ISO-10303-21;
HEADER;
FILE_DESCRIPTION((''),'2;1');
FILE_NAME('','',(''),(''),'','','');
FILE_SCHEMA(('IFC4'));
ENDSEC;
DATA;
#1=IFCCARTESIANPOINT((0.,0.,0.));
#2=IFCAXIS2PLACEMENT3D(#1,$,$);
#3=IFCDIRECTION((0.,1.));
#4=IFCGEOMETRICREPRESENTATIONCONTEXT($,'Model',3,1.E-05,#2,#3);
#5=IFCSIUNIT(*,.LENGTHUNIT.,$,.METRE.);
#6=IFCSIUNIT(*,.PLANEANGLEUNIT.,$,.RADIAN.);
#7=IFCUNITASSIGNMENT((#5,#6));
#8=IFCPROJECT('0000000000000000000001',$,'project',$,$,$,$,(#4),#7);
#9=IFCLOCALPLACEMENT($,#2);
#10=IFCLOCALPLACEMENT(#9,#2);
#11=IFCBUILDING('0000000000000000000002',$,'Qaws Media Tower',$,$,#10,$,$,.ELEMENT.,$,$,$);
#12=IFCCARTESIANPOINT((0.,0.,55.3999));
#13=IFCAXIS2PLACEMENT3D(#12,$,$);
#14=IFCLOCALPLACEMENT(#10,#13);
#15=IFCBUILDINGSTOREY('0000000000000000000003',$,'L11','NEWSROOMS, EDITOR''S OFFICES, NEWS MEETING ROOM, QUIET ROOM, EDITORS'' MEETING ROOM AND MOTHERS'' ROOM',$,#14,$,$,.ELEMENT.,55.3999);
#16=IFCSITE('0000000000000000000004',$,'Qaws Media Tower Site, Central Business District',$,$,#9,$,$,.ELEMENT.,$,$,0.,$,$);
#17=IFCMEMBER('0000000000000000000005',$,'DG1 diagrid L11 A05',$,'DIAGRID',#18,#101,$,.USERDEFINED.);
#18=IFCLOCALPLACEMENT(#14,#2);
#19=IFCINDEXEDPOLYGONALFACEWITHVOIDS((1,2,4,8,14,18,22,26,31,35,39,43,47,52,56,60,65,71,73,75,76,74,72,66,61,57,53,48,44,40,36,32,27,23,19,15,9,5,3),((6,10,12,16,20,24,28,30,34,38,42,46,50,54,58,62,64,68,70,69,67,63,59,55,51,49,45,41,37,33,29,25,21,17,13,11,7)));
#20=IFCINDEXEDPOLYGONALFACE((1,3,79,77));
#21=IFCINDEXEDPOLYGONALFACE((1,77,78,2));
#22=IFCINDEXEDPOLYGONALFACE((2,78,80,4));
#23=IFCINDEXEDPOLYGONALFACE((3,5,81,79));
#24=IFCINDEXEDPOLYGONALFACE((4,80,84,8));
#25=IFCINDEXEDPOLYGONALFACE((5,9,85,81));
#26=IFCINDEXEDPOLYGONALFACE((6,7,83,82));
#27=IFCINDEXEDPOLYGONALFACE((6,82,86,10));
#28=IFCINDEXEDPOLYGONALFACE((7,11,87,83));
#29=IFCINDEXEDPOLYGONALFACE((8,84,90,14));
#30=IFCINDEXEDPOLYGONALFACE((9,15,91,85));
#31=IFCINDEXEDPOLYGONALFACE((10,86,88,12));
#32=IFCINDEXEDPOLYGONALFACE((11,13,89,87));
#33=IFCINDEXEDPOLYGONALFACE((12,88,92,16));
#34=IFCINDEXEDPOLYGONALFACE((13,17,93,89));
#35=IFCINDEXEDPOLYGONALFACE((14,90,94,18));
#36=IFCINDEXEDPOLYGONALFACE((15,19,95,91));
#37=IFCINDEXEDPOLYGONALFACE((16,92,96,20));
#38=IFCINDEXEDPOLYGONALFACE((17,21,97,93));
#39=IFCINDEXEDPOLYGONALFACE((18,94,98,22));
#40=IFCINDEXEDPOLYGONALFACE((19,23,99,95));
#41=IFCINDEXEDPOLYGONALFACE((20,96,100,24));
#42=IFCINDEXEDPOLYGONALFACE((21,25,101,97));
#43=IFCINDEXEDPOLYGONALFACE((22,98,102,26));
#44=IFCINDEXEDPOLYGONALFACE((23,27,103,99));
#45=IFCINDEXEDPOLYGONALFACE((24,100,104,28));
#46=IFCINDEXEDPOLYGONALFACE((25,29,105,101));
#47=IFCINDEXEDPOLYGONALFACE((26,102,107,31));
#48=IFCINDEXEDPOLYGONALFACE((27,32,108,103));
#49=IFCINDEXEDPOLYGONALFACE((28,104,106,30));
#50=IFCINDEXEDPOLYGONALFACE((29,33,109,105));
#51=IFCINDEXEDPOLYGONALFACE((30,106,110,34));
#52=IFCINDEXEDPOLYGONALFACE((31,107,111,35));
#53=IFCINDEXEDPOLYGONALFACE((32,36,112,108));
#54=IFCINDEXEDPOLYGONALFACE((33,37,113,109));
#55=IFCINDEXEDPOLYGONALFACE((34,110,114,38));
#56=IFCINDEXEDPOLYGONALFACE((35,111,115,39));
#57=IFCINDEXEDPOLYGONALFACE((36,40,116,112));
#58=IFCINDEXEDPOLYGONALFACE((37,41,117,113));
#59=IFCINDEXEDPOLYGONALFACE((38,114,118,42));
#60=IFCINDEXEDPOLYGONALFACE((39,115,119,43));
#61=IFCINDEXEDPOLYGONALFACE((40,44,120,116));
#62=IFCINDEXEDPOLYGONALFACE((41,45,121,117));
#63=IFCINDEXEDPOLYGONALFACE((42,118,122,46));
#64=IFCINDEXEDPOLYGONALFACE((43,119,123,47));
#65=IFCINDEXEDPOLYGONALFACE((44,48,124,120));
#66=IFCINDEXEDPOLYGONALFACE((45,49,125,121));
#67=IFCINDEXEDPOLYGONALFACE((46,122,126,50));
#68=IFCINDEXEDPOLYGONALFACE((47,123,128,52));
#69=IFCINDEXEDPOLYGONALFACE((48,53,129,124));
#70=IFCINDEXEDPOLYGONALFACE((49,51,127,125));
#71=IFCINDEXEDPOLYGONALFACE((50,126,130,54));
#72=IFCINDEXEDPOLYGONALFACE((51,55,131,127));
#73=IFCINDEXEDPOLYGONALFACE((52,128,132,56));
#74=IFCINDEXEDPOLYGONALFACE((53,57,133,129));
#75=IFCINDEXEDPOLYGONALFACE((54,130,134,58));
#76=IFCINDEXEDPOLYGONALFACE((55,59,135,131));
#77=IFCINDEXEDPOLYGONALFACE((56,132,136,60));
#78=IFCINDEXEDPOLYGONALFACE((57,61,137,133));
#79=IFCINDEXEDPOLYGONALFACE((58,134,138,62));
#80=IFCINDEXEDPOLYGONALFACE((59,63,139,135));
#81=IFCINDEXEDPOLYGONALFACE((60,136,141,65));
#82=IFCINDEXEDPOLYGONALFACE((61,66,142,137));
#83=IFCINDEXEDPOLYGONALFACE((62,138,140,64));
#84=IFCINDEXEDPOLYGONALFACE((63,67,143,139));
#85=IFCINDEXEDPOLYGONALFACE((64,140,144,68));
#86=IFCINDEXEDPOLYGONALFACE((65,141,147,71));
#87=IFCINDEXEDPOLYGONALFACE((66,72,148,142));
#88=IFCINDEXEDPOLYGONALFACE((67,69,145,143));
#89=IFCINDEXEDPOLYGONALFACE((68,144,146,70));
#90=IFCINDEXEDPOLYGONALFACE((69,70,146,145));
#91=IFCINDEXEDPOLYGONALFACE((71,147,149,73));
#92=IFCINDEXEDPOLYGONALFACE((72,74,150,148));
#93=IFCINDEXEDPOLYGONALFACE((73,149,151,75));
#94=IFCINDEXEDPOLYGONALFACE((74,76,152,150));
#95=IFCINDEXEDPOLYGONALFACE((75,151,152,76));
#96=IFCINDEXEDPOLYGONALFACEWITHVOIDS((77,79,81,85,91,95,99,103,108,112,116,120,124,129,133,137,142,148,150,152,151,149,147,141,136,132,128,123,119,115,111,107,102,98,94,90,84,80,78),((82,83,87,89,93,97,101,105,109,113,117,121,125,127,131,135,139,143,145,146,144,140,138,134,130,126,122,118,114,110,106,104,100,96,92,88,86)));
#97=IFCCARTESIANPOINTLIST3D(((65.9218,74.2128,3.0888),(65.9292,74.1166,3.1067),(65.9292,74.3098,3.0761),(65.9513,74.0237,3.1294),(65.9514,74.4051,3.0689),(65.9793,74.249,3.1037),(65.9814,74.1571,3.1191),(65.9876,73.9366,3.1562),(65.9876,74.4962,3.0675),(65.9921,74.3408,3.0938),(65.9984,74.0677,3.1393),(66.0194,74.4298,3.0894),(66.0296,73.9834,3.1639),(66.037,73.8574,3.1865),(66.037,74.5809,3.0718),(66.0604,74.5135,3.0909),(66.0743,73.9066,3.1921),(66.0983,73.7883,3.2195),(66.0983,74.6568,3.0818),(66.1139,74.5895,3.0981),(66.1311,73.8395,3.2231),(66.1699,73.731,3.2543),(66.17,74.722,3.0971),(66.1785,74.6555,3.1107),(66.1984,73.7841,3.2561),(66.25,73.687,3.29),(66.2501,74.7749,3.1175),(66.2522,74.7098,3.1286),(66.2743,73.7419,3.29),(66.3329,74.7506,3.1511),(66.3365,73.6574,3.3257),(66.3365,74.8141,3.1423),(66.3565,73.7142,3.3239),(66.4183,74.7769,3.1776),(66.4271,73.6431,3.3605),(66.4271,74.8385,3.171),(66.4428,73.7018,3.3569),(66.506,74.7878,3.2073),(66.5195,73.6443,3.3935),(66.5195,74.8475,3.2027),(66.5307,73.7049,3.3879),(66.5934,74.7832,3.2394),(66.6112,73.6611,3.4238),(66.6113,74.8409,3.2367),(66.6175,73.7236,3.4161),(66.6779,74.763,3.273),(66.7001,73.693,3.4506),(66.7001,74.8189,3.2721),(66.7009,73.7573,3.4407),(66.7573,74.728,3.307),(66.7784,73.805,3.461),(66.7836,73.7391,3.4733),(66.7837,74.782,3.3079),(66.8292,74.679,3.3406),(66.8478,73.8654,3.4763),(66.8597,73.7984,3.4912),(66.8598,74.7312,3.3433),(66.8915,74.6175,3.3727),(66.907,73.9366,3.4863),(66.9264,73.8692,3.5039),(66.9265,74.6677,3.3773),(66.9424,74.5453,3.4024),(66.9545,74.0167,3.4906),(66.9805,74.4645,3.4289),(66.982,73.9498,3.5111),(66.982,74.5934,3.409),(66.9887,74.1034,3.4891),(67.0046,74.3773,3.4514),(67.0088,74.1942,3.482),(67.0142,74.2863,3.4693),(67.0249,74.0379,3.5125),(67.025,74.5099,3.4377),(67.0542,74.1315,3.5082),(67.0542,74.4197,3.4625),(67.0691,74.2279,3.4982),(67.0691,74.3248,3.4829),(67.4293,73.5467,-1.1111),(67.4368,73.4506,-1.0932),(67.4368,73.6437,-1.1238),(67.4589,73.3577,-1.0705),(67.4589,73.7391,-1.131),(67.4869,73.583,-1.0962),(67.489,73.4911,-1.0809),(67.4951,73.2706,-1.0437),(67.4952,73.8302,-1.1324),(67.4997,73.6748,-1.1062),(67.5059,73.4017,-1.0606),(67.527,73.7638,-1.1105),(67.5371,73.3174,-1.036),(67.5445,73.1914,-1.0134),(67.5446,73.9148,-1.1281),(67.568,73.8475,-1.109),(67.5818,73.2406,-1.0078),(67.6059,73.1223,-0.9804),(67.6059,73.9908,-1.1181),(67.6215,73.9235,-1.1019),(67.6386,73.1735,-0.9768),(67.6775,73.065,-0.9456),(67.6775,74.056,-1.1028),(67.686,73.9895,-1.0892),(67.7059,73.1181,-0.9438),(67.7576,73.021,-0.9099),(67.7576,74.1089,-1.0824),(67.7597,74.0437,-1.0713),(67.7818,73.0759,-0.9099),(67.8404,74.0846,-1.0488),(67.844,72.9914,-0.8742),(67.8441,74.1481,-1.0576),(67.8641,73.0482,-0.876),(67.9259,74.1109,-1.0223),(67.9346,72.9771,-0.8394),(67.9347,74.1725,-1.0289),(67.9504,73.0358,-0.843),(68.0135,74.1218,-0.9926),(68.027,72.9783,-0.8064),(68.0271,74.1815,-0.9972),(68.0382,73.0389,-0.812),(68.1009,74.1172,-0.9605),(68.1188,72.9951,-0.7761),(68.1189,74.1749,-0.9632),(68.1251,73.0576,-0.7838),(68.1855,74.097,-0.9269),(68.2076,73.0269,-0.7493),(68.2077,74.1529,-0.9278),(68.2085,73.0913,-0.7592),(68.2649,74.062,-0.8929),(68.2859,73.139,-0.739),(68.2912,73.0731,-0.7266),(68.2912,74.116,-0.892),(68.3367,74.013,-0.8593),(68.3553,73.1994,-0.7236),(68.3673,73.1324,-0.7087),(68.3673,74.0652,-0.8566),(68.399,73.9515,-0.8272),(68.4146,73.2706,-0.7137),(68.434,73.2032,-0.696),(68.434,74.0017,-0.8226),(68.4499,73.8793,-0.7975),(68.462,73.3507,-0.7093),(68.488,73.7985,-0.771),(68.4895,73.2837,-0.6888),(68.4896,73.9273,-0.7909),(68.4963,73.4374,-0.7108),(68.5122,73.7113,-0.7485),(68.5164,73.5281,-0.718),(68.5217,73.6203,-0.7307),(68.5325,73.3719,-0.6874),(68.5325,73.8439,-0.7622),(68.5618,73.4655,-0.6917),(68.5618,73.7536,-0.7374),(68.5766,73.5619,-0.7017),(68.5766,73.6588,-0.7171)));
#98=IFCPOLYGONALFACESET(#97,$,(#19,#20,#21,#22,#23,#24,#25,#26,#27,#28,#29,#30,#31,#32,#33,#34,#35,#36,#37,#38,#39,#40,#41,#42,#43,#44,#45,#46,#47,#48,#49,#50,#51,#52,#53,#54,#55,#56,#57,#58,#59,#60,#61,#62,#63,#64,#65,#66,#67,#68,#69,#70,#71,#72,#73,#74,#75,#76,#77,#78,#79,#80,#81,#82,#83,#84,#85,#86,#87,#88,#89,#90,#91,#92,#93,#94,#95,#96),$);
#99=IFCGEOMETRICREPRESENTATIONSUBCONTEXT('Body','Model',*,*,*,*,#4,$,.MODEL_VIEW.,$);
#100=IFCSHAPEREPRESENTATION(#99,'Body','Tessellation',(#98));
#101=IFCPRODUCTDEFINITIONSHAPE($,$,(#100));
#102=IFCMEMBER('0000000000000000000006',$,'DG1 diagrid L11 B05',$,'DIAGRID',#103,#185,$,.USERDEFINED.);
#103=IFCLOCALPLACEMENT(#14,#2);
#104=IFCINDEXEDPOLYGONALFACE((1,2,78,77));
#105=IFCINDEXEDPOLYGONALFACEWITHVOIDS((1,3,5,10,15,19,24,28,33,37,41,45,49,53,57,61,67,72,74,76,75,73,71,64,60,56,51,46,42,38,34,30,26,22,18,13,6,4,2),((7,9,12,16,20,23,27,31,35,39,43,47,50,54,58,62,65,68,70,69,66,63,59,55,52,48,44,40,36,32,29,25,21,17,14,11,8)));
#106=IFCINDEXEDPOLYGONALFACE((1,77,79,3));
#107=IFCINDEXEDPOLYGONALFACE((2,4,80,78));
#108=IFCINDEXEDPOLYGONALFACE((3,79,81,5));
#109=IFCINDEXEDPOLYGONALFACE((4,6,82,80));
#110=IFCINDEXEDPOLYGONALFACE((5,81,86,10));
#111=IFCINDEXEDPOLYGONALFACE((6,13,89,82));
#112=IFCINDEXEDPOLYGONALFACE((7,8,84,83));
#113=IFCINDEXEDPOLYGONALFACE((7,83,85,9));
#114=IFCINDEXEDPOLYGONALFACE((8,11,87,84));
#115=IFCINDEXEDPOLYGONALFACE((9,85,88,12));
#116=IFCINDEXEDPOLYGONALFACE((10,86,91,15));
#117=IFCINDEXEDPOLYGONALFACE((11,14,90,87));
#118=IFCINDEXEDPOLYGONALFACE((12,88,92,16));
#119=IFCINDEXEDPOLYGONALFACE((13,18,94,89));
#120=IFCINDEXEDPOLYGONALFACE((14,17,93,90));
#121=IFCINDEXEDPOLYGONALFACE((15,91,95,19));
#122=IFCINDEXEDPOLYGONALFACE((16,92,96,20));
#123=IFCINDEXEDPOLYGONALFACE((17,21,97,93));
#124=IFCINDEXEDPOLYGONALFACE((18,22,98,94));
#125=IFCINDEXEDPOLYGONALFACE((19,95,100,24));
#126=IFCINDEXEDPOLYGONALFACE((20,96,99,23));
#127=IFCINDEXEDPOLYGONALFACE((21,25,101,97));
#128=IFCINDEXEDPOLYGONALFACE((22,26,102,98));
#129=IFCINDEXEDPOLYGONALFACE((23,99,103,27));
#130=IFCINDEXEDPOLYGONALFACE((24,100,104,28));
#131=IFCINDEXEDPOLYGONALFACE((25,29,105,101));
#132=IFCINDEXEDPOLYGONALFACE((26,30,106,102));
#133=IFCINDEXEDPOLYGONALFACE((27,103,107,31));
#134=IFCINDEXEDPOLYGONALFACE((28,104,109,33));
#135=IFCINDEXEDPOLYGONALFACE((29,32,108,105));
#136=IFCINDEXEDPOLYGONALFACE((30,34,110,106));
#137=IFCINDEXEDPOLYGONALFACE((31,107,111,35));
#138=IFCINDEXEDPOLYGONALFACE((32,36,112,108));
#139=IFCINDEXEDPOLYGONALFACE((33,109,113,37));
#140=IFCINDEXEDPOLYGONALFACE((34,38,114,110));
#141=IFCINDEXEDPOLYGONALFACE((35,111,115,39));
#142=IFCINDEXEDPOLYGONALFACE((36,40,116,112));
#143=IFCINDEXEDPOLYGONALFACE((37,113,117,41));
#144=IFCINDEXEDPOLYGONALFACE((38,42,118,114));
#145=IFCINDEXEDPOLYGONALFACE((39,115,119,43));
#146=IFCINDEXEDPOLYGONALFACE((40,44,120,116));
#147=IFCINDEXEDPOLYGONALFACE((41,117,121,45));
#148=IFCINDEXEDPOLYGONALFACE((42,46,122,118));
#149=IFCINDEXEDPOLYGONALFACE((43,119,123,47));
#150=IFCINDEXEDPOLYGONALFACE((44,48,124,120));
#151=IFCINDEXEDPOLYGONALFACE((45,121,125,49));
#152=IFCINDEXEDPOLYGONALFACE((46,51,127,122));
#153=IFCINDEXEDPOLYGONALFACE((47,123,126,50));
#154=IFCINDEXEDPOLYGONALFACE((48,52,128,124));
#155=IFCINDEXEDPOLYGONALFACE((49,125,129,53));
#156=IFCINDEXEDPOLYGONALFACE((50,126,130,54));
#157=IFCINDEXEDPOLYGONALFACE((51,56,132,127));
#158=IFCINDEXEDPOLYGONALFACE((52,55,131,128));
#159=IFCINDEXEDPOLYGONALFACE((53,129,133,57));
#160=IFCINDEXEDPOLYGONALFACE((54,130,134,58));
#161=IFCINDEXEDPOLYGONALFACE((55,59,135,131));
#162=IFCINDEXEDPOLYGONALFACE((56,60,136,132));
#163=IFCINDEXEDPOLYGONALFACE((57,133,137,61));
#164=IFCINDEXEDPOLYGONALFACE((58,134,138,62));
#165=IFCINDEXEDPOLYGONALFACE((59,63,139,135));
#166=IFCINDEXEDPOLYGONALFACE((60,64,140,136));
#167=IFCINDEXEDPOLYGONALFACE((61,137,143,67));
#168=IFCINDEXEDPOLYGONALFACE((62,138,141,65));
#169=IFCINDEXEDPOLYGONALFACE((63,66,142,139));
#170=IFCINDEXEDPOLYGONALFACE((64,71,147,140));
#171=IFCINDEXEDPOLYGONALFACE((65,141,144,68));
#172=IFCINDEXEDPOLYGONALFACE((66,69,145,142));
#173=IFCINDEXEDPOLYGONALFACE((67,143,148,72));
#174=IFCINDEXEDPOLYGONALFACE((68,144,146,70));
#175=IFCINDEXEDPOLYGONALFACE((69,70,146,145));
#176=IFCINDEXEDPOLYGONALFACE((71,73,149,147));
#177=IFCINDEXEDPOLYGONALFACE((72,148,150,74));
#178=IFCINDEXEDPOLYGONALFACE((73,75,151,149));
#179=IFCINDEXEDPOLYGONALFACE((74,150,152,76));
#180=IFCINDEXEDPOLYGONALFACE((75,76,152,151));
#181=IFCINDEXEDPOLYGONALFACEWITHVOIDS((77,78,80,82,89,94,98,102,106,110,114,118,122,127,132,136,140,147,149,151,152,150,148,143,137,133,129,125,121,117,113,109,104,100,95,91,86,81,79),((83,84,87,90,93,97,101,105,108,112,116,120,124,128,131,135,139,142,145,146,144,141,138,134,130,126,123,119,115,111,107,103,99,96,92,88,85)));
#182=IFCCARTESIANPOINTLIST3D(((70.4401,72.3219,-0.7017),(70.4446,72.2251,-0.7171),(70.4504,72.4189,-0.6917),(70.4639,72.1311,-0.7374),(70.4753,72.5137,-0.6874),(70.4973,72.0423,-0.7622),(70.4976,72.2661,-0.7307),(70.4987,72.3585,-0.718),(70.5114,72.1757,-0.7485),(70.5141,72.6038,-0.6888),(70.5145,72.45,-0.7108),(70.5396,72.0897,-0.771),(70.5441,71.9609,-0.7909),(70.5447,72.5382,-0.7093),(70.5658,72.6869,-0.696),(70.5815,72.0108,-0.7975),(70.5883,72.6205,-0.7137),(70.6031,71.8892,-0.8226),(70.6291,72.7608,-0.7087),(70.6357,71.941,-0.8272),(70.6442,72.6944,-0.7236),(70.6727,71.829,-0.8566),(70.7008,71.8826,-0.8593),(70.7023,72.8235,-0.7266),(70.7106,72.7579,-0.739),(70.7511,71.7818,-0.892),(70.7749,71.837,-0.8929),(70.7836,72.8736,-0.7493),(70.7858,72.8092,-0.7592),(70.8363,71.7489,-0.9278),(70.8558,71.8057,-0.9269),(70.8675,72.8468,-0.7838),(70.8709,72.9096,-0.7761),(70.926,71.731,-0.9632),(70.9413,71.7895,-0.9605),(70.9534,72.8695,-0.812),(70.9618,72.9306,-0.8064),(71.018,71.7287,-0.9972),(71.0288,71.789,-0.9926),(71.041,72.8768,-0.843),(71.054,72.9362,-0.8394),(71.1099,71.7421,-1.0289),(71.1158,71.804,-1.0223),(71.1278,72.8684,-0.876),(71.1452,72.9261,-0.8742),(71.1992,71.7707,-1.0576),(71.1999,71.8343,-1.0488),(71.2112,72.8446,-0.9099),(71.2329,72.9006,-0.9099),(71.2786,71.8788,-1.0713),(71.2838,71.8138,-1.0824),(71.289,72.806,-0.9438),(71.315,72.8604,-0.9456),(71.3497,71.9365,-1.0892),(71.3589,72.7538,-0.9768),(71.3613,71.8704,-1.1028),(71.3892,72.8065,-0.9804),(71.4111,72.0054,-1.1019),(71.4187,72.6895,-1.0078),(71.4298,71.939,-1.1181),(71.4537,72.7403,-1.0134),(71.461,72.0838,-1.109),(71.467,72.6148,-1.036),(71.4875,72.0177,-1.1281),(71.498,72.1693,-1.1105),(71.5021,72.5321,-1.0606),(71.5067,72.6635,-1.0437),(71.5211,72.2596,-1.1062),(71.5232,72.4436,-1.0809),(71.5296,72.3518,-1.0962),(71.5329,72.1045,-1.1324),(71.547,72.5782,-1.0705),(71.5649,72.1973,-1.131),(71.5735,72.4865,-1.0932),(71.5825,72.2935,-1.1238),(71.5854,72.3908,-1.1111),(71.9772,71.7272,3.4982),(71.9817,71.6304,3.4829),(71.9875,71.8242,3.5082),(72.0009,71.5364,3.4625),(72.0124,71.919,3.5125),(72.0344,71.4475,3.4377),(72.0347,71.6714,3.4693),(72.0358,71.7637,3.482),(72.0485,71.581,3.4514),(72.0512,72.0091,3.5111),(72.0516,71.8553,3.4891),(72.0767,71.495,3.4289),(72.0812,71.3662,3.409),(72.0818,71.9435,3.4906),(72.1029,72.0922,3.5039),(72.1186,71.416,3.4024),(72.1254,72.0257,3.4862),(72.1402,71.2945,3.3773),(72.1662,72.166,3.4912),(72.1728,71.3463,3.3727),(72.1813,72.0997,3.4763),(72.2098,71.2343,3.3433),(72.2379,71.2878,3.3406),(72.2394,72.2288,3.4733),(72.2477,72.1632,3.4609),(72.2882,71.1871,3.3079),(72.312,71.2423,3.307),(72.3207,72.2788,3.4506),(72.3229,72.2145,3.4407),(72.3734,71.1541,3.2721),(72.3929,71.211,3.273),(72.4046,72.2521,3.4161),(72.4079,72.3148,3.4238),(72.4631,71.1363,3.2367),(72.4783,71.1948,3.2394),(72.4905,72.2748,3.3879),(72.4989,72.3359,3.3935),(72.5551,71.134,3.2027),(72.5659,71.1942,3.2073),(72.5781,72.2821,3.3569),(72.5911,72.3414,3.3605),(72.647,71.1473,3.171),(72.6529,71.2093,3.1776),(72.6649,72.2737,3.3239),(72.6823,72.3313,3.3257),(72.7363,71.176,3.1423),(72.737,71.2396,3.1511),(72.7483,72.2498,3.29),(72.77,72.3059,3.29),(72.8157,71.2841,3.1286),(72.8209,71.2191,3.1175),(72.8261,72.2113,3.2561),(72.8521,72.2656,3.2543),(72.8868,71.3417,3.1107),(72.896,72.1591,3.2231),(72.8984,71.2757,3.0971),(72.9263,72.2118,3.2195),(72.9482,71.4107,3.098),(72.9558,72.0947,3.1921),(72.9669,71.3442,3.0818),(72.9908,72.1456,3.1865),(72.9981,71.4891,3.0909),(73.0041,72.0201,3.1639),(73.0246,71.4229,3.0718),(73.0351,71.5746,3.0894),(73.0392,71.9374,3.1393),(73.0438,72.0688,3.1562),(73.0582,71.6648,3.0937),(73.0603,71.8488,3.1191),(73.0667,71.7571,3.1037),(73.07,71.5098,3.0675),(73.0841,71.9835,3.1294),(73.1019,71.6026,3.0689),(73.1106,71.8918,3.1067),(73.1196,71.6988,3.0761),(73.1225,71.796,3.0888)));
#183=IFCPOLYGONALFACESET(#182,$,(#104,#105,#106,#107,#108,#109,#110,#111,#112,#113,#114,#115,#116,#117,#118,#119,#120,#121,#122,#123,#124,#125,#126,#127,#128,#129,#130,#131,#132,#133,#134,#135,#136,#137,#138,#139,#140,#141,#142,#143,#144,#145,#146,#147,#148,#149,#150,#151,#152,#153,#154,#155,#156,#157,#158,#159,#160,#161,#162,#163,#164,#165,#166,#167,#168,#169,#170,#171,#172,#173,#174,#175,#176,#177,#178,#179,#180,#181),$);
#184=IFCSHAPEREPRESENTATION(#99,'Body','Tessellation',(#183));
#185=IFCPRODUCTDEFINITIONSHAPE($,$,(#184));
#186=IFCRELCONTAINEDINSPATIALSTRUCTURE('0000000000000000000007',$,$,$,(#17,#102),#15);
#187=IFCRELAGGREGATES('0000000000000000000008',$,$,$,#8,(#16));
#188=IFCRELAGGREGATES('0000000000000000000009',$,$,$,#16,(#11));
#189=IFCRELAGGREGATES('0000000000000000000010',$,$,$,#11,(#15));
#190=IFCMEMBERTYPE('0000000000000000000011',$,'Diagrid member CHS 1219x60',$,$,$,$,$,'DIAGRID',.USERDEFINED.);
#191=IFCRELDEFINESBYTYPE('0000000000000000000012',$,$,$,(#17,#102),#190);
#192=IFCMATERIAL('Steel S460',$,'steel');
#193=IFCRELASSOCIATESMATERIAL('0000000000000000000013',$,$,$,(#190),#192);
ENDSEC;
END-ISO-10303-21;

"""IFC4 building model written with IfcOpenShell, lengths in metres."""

from ifc_helpers import new_model, si_unit, direction, frame, origin, origin_2d, place, context, subcontext, project, spatial, hollow_circle, extrude, material, material_profile, profile_set, type_object, element, save


model = new_model("IFC4")

# Units and contexts
model_context = context("Model", 3, precision=1e-05, world=origin(), true_north=direction((0.0, 1.0)))
body_context = subcontext(model_context, "Body", "Model", "MODEL_VIEW")
ifc_project = project(units=[si_unit("LENGTHUNIT", "METRE"), si_unit("PLANEANGLEUNIT", "RADIAN")], contexts=[model_context])

# Site, building, storey
site_placement = place(None, origin())
site = spatial("IfcSite", under=ifc_project, at=site_placement, Name="Qaws Media Tower Site, Central Business District", CompositionType="ELEMENT", RefElevation=0.0)
building_placement = place(site_placement, origin())
building = spatial("IfcBuilding", under=site, at=building_placement, Name="Qaws Media Tower", CompositionType="ELEMENT")
storey_placement = place(building_placement, frame((0.0, 0.0, 55.3999)))
storey = spatial("IfcBuildingStorey", under=building, at=storey_placement, Name="L11", Description="NEWSROOMS, EDITOR'S OFFICES, NEWS MEETING ROOM, QUIET ROOM, EDITORS' MEETING ROOM AND MOTHERS' ROOM", CompositionType="ELEMENT", Elevation=55.3999)

# Members
ifc_material_1 = material(Name="Steel S460", Category="steel")
ifc_material_profile_1 = material_profile(ifc_material_1, hollow_circle(Radius=0.6096, WallThickness=0.0601, at=origin_2d()), Name="CHS 1219x60")
ifc_profile_set_1 = profile_set([ifc_material_profile_1], Name="Steel S460")
member_type_1 = type_object("IfcMemberType", Name="Diagrid member CHS 1219x60", ElementType="DIAGRID", PredefinedType="USERDEFINED", material=ifc_profile_set_1)
for number, where, z_axis, x_axis, name in (
    (1, (68.0039, 73.5786, -0.9099), (-0.334142, 0.147618, 0.930891), (-0.404103, -0.914713, 0.0), "DG1 diagrid L11 A05"),
    (2, (71.0129, 72.332, -0.9099), (0.340689, -0.131817, 0.930889), (0.360844, 0.932626, 0.0), "DG1 diagrid L11 B05"),
):
    element("IfcMember", number, at=place(storey_placement, frame(where, z_axis=z_axis, x_axis=x_axis)), inside=storey, type_object=member_type_1, Name=name, ObjectType="DIAGRID", PredefinedType="USERDEFINED", context=body_context, shape_type="SweptSolid", body=[
        extrude(hollow_circle(Radius=0.6096, WallThickness=0.0601, at=origin_2d()), origin(), (0.0, 0.0, 1.0), 4.5117),
    ])

save(model, "model.ifc")
